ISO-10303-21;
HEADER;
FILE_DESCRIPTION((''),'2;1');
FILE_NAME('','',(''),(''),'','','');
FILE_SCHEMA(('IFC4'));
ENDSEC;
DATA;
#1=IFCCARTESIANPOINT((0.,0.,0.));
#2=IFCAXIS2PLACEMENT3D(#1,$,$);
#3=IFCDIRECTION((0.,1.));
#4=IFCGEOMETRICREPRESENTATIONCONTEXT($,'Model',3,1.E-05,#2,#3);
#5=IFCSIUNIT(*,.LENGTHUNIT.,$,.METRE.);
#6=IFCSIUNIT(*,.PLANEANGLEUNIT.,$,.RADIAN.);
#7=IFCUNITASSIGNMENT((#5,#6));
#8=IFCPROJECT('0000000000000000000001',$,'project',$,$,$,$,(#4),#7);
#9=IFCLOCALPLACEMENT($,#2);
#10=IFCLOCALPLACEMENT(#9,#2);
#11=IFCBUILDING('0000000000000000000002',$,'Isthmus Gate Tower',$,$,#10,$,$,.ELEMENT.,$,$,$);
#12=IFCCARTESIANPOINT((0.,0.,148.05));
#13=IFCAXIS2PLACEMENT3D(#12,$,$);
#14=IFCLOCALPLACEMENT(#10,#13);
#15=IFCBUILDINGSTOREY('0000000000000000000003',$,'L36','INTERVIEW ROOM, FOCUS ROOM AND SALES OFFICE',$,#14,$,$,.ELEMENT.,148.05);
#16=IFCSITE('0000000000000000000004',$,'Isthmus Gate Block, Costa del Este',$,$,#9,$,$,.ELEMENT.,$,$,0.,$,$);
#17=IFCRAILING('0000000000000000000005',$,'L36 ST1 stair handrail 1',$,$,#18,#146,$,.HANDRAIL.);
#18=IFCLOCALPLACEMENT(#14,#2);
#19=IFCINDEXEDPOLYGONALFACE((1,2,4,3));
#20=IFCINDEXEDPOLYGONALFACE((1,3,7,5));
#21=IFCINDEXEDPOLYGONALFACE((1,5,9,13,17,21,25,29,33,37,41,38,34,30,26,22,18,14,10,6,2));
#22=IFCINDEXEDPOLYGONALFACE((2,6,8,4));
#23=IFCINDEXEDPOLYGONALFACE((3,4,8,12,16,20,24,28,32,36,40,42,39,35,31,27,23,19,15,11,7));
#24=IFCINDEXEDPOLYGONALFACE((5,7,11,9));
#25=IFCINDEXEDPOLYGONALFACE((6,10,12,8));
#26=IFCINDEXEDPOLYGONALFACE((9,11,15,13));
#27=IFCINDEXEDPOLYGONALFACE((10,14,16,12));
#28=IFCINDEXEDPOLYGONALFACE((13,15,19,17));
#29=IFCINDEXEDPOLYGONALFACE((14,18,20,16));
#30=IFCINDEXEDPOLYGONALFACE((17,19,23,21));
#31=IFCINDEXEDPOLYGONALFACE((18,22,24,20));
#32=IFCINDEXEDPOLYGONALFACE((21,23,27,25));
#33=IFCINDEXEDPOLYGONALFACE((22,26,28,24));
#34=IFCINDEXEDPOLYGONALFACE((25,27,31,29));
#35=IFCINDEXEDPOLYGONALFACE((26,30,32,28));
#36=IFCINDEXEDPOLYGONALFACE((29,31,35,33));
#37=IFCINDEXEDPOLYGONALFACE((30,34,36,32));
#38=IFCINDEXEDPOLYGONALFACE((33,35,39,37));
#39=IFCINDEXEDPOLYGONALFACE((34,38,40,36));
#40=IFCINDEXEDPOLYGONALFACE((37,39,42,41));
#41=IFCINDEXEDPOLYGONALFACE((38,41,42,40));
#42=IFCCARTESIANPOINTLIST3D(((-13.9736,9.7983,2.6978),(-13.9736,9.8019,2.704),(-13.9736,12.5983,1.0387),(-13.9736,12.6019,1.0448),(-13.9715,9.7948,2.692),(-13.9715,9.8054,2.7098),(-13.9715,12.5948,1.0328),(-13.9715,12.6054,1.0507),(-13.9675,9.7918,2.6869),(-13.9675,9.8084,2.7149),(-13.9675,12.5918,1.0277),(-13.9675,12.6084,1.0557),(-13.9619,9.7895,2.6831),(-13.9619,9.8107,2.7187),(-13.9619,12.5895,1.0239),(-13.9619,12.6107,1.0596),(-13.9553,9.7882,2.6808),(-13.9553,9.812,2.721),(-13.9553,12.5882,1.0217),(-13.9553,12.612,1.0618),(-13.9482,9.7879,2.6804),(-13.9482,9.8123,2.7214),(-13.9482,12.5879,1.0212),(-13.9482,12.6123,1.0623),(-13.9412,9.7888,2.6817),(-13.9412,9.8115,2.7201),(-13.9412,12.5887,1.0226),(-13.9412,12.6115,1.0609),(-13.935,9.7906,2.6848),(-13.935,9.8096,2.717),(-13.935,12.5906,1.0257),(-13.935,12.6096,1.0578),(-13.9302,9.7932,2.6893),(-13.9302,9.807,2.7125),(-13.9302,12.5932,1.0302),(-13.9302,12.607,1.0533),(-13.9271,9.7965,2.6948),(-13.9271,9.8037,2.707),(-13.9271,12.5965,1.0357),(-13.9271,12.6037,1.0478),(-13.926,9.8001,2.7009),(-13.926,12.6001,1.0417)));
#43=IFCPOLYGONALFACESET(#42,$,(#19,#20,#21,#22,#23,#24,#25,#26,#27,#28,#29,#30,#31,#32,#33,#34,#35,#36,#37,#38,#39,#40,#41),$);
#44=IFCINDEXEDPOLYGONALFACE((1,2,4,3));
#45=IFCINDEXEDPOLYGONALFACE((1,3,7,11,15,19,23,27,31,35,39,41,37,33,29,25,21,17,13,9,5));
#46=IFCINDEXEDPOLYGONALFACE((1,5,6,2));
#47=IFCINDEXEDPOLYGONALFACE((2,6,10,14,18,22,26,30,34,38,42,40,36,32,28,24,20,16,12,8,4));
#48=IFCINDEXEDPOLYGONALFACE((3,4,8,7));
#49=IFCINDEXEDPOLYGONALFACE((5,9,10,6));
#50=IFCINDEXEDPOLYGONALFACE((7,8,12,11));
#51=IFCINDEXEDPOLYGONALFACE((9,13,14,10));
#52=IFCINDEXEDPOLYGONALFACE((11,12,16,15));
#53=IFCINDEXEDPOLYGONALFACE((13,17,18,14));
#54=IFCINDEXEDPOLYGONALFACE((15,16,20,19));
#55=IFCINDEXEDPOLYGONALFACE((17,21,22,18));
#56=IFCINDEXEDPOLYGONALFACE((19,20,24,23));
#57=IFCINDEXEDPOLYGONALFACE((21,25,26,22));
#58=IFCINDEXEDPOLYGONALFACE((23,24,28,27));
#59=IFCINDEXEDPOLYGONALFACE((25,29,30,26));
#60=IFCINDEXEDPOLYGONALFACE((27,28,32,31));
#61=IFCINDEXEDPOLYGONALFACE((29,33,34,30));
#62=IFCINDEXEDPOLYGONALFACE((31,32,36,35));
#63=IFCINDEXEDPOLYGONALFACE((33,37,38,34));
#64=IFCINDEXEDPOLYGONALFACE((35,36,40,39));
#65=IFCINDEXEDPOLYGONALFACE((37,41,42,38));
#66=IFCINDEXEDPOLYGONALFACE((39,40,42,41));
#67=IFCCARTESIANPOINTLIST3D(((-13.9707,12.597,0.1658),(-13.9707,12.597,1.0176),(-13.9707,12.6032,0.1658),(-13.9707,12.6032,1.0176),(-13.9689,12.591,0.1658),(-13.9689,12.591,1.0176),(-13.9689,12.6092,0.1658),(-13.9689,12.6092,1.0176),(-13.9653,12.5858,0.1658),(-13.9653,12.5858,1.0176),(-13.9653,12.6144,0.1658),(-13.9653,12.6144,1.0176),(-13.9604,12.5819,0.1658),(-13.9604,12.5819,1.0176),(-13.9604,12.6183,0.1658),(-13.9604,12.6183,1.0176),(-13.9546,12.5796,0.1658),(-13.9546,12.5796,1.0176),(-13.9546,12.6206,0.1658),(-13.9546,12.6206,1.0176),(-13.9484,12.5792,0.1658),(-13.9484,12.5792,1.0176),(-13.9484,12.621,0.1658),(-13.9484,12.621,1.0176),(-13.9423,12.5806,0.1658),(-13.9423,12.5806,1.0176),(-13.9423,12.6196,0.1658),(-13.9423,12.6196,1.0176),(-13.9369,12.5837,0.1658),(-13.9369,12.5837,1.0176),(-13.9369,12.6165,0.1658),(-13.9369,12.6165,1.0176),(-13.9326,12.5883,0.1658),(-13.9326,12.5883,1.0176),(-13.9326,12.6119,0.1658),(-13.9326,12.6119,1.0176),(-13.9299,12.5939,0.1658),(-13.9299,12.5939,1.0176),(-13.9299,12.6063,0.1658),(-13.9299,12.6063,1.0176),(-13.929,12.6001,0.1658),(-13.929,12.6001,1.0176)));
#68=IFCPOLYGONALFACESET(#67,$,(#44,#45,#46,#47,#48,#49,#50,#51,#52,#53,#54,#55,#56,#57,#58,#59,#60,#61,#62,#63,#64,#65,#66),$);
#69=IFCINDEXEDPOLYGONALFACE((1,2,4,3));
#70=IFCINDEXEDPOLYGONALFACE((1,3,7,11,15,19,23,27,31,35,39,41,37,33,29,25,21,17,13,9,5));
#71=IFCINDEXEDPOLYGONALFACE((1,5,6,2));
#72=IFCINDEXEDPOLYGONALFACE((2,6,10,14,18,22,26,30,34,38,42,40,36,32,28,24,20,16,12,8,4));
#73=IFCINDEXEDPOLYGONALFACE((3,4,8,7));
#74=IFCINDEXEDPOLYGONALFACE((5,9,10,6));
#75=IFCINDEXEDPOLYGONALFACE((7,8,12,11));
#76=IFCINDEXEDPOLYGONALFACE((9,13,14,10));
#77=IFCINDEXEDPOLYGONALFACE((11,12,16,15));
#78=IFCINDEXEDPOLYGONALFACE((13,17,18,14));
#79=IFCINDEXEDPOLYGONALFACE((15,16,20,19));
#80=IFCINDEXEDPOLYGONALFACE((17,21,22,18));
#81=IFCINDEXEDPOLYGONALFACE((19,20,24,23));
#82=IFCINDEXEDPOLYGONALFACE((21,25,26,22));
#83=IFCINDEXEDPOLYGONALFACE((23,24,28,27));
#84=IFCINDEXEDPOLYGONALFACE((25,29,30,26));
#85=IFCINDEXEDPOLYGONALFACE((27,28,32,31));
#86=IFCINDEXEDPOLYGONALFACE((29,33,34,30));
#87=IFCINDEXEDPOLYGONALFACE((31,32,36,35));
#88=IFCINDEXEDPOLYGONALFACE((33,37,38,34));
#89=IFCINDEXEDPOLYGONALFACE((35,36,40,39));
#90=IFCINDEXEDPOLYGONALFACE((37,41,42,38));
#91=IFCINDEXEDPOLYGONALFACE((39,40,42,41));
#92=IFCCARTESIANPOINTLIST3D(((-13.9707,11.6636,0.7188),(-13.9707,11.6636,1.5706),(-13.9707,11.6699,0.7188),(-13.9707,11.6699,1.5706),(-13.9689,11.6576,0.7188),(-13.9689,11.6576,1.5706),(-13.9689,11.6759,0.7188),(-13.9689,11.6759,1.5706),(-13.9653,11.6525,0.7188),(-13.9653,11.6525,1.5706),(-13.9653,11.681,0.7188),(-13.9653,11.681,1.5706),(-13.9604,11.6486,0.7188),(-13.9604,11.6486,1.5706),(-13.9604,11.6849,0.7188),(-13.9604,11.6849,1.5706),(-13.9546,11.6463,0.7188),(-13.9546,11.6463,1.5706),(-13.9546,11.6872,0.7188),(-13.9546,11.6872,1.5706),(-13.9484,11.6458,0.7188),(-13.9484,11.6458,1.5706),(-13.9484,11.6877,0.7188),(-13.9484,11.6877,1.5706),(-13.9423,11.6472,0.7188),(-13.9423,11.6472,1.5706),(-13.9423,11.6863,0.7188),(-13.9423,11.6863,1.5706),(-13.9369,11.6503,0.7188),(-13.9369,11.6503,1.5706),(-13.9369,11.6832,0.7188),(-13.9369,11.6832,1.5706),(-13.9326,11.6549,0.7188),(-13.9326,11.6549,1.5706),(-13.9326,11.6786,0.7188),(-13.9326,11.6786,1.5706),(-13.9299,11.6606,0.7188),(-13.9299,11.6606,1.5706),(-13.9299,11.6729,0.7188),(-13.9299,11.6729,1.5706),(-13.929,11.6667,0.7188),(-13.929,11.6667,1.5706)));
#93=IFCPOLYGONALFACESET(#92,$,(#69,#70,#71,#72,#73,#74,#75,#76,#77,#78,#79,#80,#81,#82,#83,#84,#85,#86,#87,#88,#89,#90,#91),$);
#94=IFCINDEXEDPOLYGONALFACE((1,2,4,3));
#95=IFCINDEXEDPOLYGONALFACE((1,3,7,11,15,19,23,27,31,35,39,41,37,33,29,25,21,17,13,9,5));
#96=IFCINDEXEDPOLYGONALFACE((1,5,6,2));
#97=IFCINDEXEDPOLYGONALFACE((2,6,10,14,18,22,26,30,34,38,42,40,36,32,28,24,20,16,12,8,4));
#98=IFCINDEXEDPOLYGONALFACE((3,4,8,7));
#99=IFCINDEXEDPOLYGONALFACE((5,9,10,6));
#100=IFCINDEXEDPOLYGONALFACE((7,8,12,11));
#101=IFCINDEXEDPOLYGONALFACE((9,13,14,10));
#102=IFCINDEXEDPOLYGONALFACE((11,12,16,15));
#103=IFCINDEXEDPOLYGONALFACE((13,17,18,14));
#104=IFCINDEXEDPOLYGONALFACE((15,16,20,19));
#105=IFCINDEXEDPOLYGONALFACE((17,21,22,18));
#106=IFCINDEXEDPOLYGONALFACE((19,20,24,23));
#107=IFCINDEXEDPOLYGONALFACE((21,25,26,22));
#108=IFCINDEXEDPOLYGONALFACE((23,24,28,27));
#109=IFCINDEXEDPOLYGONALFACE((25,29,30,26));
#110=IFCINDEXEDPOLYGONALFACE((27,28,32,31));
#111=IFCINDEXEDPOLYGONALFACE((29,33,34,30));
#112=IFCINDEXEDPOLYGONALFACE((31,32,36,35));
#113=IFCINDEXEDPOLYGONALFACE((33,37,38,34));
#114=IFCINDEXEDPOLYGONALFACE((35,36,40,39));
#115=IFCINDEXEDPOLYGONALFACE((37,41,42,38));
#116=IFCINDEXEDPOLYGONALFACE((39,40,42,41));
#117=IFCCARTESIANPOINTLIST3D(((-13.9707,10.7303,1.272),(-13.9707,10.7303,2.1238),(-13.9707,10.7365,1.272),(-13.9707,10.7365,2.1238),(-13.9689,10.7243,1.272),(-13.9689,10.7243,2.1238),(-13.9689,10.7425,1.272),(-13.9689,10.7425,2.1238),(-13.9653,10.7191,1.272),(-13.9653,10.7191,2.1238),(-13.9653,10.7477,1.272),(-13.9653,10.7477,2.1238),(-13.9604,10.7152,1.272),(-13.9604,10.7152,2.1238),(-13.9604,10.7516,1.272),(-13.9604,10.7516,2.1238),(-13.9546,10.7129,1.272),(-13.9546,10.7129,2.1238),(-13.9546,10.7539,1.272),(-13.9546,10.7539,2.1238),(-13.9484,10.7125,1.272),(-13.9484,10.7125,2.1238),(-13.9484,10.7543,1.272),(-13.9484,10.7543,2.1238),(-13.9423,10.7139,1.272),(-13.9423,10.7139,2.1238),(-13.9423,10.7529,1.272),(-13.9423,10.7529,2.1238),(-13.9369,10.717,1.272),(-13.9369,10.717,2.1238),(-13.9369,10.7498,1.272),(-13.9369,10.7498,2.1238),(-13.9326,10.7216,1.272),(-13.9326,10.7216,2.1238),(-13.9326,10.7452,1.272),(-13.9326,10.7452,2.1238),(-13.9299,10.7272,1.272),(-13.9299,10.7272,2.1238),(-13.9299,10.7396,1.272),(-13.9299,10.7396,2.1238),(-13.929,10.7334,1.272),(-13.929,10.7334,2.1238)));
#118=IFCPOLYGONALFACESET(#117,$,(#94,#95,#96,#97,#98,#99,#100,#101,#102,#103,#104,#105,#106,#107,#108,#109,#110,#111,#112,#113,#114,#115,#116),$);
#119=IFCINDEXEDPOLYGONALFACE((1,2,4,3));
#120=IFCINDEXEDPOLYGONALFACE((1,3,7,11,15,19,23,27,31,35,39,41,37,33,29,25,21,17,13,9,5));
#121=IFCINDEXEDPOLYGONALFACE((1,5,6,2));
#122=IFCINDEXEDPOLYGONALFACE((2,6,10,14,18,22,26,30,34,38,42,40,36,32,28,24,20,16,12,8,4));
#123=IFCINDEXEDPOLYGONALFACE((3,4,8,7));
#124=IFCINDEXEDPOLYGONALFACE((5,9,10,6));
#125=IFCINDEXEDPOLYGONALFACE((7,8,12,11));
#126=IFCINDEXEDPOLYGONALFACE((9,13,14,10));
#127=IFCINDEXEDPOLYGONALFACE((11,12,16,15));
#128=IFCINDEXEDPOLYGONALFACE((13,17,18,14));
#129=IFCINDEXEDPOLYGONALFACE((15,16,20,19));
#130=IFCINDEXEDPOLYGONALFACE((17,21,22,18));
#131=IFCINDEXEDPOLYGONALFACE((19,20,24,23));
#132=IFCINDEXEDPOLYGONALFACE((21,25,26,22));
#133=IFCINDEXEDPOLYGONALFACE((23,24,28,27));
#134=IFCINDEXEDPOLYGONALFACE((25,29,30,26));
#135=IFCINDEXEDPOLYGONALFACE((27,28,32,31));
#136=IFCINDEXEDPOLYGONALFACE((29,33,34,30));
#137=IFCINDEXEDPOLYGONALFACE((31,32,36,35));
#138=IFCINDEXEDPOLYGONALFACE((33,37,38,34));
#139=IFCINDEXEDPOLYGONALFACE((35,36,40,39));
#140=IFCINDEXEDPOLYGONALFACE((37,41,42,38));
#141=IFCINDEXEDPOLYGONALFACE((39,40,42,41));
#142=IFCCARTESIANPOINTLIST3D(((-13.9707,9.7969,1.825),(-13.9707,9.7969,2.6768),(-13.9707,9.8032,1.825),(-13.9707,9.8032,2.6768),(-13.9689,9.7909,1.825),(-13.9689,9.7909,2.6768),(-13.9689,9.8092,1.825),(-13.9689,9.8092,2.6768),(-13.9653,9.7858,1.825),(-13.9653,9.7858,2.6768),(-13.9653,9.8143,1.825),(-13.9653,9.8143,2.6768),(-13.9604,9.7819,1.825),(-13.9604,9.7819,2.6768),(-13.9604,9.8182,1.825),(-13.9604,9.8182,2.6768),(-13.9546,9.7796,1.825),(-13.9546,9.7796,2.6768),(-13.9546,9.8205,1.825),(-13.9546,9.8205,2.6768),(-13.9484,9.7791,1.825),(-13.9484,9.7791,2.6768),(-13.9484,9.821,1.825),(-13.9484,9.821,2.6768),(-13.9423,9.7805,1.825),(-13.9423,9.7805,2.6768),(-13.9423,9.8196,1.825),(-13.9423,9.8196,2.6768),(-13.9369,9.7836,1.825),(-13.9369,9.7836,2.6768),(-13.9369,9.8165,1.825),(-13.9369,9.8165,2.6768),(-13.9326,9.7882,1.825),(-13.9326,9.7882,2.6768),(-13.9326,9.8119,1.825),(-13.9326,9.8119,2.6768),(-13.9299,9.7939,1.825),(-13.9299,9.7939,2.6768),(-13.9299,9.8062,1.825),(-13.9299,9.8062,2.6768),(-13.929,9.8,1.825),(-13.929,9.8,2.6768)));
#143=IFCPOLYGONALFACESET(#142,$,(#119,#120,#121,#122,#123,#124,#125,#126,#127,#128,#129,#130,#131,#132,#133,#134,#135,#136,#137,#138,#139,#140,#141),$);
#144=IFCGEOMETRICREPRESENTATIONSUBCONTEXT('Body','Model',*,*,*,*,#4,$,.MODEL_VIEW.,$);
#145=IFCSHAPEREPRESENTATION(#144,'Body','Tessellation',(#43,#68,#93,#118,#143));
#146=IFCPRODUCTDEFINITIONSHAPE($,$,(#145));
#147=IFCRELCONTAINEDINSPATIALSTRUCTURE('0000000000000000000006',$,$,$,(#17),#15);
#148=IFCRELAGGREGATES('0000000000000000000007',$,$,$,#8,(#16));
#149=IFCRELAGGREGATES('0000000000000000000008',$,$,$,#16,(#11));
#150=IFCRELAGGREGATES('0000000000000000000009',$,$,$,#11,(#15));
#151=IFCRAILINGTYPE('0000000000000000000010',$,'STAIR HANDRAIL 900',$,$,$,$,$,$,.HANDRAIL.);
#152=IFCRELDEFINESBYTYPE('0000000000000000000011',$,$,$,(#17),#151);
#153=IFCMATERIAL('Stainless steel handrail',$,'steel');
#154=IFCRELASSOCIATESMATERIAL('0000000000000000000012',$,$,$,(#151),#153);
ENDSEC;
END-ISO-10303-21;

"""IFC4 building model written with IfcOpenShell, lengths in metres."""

from ifc_helpers import new_model, si_unit, direction, frame, origin, origin_2d, place, context, subcontext, project, spatial, circle, extrude, material, type_object, element, save


model = new_model("IFC4")

# Units and contexts
model_context = context("Model", 3, precision=1e-05, world=origin(), true_north=direction((0.0, 1.0)))
body_context = subcontext(model_context, "Body", "Model", "MODEL_VIEW")
ifc_project = project(units=[si_unit("LENGTHUNIT", "METRE"), si_unit("PLANEANGLEUNIT", "RADIAN")], contexts=[model_context])

# Site, building, storey
site_placement = place(None, origin())
site = spatial("IfcSite", under=ifc_project, at=site_placement, Name="Isthmus Gate Block, Costa del Este", CompositionType="ELEMENT", RefElevation=0.0)
building_placement = place(site_placement, origin())
building = spatial("IfcBuilding", under=site, at=building_placement, Name="Isthmus Gate Tower", CompositionType="ELEMENT")
storey_placement = place(building_placement, frame((0.0, 0.0, 148.05)))
storey = spatial("IfcBuildingStorey", under=building, at=storey_placement, Name="L36", Description="INTERVIEW ROOM, FOCUS ROOM AND SALES OFFICE", CompositionType="ELEMENT", Elevation=148.05)

# Railing
ifc_material_1 = material(Name="Stainless steel handrail", Category="steel")
railing_type_1 = type_object("IfcRailingType", Name="STAIR HANDRAIL 900", PredefinedType="HANDRAIL", material=ifc_material_1)
railing_1_placement = place(storey_placement, frame((-13.95, 12.6001, 0.1658)))
element("IfcRailing", 1, at=railing_1_placement, inside=storey, type_object=railing_type_1, Name="L36 ST1 stair handrail 1", PredefinedType="HANDRAIL", context=body_context, shape_type="SweptSolid", body=[
    extrude(circle(Radius=0.0239, at=origin_2d()), frame((0.0, 0.0, 0.876), z_axis=(0.0, -0.860306, 0.509778), x_axis=(1.0, 0.0, 0.0)), (0.0, 0.0, 1.0), 3.2546),
    extrude(circle(Radius=0.021, at=origin_2d()), origin(), (0.0, 0.0, 1.0), 0.8518),
    extrude(circle(Radius=0.021, at=origin_2d()), frame((0.0, -0.9333, 0.553)), (0.0, 0.0, 1.0), 0.8518),
    extrude(circle(Radius=0.021, at=origin_2d()), frame((0.0, -1.8667, 1.1062)), (0.0, 0.0, 1.0), 0.8518),
    extrude(circle(Radius=0.021, at=origin_2d()), frame((0.0, -2.8, 1.6592)), (0.0, 0.0, 1.0), 0.8518),
])

save(model, "model.ifc")
